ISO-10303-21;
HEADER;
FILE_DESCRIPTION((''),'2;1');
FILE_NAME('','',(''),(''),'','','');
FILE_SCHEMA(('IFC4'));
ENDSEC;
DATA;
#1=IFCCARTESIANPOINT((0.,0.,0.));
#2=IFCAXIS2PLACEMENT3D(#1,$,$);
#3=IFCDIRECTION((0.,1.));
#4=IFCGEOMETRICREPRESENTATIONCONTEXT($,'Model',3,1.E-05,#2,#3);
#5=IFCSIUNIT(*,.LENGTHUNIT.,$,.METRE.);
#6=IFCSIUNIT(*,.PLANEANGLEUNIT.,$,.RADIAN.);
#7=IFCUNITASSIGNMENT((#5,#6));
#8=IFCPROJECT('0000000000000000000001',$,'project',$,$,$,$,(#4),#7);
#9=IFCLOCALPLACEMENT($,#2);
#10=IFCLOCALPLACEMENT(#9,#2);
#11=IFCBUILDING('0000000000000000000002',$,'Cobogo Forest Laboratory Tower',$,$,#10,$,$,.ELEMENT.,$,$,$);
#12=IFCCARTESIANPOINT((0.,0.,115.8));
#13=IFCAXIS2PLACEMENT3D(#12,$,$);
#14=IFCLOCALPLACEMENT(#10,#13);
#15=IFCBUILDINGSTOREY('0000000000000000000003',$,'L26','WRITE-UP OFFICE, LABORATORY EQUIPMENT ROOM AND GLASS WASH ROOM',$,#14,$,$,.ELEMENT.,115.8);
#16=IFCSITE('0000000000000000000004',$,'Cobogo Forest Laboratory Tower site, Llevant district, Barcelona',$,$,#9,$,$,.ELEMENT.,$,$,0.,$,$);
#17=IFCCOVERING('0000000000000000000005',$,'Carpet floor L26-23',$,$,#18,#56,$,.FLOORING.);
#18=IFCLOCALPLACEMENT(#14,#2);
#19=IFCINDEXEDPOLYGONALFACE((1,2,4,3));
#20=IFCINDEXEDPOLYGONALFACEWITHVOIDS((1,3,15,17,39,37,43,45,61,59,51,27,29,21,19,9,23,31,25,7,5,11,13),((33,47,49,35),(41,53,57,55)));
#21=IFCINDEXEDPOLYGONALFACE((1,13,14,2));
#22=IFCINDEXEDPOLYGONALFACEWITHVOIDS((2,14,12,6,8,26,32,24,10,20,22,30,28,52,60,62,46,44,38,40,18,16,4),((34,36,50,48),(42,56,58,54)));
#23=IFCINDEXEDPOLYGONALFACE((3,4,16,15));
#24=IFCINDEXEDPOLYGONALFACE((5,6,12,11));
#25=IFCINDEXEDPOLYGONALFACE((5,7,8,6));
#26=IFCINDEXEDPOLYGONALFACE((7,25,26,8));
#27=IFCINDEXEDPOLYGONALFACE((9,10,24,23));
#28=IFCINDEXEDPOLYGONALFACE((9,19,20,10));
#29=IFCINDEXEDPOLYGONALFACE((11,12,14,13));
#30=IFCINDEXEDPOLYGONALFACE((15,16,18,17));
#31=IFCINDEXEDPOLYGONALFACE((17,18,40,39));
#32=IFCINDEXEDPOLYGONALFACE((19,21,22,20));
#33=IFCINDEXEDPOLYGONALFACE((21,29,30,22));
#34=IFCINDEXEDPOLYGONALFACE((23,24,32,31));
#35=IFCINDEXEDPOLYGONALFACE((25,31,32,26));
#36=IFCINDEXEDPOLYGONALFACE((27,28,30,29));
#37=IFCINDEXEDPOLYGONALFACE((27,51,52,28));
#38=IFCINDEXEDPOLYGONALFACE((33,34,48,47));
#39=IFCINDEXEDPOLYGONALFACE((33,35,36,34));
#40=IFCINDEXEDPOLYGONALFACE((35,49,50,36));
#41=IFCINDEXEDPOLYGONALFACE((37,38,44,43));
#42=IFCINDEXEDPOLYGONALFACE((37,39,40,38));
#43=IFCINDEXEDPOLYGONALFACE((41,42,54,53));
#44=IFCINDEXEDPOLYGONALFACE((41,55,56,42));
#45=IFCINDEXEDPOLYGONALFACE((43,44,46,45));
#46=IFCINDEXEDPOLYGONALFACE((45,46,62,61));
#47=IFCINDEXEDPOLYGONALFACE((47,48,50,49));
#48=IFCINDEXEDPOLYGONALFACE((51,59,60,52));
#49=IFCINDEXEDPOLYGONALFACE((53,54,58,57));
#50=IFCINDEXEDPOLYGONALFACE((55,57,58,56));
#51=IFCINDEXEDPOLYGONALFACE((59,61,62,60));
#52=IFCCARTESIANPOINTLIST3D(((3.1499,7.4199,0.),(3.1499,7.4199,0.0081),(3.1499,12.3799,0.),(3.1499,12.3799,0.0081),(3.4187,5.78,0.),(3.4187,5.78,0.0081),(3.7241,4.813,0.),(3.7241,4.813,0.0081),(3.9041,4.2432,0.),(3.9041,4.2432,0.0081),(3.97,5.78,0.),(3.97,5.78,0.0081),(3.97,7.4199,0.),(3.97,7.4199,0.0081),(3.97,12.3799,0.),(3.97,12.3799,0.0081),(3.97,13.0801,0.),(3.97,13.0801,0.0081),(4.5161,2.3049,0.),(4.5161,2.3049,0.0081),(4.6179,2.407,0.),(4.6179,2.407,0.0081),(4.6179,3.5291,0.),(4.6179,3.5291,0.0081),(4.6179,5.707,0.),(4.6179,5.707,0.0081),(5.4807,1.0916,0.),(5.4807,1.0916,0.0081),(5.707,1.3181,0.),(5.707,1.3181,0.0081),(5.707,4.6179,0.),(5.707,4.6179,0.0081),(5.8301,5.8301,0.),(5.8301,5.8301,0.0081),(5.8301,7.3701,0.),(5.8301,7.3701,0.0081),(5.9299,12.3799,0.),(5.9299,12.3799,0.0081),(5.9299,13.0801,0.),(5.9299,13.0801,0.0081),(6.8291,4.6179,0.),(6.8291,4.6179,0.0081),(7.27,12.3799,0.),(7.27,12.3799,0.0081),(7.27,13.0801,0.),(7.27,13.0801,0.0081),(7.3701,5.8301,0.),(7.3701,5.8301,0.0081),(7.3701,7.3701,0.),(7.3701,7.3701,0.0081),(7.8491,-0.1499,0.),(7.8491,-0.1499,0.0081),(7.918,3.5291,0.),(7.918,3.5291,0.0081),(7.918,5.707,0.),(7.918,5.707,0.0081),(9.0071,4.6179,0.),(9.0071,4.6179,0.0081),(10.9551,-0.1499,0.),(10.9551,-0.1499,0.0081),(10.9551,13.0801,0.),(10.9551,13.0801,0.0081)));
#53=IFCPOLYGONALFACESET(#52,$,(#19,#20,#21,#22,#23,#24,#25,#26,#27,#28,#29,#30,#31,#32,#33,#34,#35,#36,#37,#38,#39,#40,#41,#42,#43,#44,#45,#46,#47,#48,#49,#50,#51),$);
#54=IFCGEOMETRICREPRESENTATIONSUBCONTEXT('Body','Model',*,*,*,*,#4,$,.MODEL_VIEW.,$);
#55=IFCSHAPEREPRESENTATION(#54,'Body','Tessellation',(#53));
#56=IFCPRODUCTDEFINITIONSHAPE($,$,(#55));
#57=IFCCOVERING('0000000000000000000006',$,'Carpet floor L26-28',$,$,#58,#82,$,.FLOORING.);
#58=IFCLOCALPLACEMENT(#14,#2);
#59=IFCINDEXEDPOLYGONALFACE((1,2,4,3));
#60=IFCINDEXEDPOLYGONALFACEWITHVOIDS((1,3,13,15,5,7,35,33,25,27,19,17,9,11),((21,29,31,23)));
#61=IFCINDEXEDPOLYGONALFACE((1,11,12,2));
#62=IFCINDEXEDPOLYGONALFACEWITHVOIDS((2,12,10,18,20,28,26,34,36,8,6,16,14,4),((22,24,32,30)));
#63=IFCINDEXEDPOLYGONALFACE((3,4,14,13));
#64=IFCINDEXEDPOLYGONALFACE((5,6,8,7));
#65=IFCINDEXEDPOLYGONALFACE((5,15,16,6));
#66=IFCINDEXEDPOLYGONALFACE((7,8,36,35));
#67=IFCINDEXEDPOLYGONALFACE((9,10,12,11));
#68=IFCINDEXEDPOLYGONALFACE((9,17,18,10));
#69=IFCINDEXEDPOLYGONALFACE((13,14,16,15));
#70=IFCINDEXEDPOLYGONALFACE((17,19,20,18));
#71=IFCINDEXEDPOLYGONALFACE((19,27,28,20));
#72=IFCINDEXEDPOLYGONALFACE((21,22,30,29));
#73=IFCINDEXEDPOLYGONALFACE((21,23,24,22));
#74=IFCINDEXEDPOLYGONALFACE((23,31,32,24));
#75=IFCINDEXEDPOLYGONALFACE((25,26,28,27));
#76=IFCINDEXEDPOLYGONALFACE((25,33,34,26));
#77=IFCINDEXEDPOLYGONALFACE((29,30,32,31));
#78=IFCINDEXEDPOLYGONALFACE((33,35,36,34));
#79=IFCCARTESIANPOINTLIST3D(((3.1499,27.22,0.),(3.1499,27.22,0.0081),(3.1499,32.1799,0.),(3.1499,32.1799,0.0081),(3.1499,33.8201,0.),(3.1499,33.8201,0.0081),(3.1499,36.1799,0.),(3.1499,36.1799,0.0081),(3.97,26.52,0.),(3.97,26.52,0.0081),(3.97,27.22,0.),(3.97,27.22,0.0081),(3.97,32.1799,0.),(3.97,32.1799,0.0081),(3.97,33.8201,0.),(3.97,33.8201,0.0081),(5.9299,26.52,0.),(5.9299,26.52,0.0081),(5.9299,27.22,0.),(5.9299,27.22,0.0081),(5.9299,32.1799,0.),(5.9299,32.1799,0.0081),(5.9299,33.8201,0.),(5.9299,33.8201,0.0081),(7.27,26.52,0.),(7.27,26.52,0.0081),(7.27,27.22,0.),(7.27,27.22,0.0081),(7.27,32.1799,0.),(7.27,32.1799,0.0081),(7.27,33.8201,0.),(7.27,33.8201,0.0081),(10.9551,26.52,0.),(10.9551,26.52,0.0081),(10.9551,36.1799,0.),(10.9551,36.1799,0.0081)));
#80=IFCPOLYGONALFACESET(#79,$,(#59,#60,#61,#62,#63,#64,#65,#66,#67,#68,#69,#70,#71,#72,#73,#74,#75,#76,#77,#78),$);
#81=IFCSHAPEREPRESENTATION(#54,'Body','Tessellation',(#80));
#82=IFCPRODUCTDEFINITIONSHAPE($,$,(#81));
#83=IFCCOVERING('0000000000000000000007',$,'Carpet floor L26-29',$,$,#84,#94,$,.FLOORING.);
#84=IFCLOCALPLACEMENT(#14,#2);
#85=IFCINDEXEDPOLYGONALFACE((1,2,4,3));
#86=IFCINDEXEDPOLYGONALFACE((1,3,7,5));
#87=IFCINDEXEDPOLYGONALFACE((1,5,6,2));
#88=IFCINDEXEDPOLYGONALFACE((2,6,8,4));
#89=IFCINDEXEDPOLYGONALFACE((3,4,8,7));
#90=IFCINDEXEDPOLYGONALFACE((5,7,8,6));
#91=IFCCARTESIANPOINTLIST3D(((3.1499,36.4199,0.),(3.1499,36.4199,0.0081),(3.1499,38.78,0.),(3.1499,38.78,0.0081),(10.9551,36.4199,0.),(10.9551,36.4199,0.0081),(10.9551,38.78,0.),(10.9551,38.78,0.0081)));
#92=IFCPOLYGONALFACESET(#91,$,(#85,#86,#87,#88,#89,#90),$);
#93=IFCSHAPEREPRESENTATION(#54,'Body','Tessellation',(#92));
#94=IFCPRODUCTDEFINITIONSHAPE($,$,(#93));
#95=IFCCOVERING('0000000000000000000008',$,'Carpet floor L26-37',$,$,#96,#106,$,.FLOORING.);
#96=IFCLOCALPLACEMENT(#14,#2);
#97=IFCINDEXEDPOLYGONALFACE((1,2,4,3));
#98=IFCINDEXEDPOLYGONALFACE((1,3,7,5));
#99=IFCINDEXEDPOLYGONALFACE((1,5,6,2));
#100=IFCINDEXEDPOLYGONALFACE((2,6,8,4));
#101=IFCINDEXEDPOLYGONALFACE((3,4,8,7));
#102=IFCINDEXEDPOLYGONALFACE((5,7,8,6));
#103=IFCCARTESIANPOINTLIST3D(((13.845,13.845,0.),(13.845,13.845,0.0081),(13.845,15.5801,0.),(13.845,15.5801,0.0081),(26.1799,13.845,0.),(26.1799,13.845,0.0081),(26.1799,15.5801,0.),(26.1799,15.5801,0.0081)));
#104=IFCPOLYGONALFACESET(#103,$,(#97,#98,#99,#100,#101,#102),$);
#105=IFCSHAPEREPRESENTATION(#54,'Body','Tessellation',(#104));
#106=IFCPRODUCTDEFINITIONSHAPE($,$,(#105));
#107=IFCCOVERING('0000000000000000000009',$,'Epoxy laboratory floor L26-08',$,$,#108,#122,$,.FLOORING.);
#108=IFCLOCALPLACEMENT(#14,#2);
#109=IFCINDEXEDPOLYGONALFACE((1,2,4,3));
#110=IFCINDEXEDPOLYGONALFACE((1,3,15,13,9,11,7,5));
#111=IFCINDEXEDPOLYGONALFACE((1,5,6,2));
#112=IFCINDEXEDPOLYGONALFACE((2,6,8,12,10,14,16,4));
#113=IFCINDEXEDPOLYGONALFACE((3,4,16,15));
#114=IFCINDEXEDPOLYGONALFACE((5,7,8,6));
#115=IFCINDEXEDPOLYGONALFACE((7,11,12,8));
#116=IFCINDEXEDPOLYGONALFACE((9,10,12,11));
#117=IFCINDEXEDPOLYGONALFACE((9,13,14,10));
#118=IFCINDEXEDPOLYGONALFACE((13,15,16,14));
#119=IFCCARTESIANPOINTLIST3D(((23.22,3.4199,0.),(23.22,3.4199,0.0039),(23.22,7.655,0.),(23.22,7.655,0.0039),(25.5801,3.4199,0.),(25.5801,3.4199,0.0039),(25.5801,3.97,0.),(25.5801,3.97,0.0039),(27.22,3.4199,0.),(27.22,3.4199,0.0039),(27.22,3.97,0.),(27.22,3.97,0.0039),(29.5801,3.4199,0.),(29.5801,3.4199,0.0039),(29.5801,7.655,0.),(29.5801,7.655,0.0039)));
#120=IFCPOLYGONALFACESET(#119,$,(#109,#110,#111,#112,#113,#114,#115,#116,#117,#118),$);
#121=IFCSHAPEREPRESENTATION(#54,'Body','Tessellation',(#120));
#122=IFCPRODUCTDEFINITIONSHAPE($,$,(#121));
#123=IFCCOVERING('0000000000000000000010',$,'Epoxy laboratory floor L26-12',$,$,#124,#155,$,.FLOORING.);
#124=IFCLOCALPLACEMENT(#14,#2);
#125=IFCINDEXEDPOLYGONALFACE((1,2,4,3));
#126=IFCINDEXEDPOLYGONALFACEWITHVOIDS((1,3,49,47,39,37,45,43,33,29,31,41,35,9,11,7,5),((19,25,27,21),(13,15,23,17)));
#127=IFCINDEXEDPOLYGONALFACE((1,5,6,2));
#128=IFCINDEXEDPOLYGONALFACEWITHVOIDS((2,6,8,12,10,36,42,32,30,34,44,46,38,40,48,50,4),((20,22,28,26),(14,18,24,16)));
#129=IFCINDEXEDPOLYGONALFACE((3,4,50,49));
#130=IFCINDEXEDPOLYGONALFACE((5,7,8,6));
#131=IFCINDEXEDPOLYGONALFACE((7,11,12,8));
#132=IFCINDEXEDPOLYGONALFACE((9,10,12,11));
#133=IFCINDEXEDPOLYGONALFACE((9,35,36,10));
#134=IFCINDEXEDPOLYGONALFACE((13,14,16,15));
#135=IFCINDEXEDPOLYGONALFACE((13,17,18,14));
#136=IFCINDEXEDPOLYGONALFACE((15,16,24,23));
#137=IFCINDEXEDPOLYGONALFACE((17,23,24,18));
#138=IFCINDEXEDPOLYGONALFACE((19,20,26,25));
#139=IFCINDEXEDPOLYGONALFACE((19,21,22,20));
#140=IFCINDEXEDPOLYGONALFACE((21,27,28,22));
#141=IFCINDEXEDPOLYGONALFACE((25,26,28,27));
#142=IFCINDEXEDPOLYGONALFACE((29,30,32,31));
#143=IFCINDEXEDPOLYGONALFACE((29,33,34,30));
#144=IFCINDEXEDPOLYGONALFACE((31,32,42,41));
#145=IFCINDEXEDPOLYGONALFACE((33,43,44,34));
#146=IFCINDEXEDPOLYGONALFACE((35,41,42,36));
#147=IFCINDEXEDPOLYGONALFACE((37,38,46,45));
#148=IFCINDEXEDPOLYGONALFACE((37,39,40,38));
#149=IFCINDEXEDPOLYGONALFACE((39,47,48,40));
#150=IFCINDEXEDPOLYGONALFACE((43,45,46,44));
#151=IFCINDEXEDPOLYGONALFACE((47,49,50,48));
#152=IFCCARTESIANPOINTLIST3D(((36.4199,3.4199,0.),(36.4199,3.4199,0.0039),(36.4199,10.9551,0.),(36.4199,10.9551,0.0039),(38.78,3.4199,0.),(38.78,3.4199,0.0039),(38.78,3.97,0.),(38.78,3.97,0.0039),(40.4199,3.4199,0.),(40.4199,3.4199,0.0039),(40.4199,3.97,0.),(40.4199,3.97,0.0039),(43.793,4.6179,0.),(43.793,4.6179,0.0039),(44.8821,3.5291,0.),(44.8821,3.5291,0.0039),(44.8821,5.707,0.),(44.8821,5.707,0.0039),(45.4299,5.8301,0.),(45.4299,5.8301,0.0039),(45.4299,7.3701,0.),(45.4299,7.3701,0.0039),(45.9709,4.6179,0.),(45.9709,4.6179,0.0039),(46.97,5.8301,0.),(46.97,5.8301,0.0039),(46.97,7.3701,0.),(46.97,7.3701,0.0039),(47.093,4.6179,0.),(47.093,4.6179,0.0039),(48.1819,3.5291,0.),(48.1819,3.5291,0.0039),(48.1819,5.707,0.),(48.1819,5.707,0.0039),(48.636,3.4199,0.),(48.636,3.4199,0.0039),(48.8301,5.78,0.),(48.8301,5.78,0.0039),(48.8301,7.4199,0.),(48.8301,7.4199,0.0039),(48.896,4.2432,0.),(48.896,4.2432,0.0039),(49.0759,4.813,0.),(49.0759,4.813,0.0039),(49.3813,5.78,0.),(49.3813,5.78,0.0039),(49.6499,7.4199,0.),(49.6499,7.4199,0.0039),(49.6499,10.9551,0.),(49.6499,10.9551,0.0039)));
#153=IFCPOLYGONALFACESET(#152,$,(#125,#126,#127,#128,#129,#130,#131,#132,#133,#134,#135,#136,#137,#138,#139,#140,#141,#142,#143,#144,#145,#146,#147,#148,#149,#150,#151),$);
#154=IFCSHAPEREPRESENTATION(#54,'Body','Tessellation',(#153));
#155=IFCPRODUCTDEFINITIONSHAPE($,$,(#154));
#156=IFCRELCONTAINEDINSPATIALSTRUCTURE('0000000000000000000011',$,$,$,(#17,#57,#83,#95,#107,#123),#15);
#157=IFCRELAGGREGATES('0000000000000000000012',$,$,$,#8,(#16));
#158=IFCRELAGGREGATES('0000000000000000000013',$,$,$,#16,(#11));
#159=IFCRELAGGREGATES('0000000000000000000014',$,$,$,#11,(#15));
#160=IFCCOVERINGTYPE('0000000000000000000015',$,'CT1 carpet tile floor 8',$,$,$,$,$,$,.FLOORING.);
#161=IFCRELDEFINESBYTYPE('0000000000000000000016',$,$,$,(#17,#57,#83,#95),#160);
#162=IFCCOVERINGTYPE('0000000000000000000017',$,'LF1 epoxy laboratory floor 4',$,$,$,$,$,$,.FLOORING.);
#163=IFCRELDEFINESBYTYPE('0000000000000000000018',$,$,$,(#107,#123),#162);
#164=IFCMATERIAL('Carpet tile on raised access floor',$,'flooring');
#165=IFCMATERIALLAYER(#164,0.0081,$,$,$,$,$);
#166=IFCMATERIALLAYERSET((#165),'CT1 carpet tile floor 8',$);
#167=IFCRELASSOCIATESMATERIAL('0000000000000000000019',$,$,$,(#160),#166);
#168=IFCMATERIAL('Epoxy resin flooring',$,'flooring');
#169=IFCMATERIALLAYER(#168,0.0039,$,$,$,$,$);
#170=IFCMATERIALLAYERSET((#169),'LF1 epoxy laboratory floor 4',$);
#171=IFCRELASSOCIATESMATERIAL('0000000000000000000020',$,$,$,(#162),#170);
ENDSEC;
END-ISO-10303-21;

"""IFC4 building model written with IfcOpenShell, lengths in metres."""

from ifc_helpers import new_model, si_unit, direction, frame, origin, place, context, subcontext, project, spatial, polyline, outline, extrude, material, layer, layer_set, type_object, element, save


model = new_model("IFC4")

# Units and contexts
model_context = context("Model", 3, precision=1e-05, world=origin(), true_north=direction((0.0, 1.0)))
body_context = subcontext(model_context, "Body", "Model", "MODEL_VIEW")
ifc_project = project(units=[si_unit("LENGTHUNIT", "METRE"), si_unit("PLANEANGLEUNIT", "RADIAN")], contexts=[model_context])

# Site, building, storey
site_placement = place(None, origin())
site = spatial("IfcSite", under=ifc_project, at=site_placement, Name="Cobogo Forest Laboratory Tower site, Llevant district, Barcelona", CompositionType="ELEMENT", RefElevation=0.0)
building_placement = place(site_placement, origin())
building = spatial("IfcBuilding", under=site, at=building_placement, Name="Cobogo Forest Laboratory Tower", CompositionType="ELEMENT")
storey_placement = place(building_placement, frame((0.0, 0.0, 115.8)))
storey = spatial("IfcBuildingStorey", under=building, at=storey_placement, Name="L26", Description="WRITE-UP OFFICE, LABORATORY EQUIPMENT ROOM AND GLASS WASH ROOM", CompositionType="ELEMENT", Elevation=115.8)

# Coverings
ifc_material_1 = material(Name="Carpet tile on raised access floor", Category="flooring")
ifc_layer_1 = layer(ifc_material_1, 0.0081)
ifc_layer_set_1 = layer_set([ifc_layer_1], Name="CT1 carpet tile floor 8")
covering_type_1 = type_object("IfcCoveringType", Name="CT1 carpet tile floor 8", PredefinedType="FLOORING", material=ifc_layer_set_1)
covering_1_placement = place(storey_placement, origin())
element("IfcCovering", 1, at=covering_1_placement, inside=storey, type_object=covering_type_1, Name="Carpet floor L26-23", PredefinedType="FLOORING", context=body_context, shape_type="SweptSolid", body=[
    extrude(outline(polyline([(3.9041, 4.2432), (4.6179, 3.5291), (5.707, 4.6179), (4.6179, 5.707), (3.7241, 4.813), (3.4187, 5.78), (3.97, 5.78), (3.97, 7.4199), (3.1499, 7.4199), (3.1499, 12.3799), (3.97, 12.3799), (3.97, 13.0801), (5.9299, 13.0801), (5.9299, 12.3799), (7.27, 12.3799), (7.27, 13.0801), (10.9551, 13.0801), (10.9551, -0.1499), (7.8491, -0.1499), (5.4807, 1.0916), (5.707, 1.3181), (4.6179, 2.407), (4.5161, 2.3049), (3.9041, 4.2432)]), holes=[polyline([(6.8291, 4.6179), (7.918, 3.5291), (9.0071, 4.6179), (7.918, 5.707), (6.8291, 4.6179)]), polyline([(5.8301, 7.3701), (5.8301, 5.8301), (7.3701, 5.8301), (7.3701, 7.3701), (5.8301, 7.3701)])]), origin(), (0.0, 0.0, 1.0), 0.0081),
])
covering_2_placement = place(storey_placement, origin())
element("IfcCovering", 2, at=covering_2_placement, inside=storey, type_object=covering_type_1, Name="Carpet floor L26-28", PredefinedType="FLOORING", context=body_context, shape_type="SweptSolid", body=[
    extrude(outline(polyline([(10.9551, 26.52), (7.27, 26.52), (7.27, 27.22), (5.9299, 27.22), (5.9299, 26.52), (3.97, 26.52), (3.97, 27.22), (3.1499, 27.22), (3.1499, 32.1799), (3.97, 32.1799), (3.97, 33.8201), (3.1499, 33.8201), (3.1499, 36.1799), (10.9551, 36.1799), (10.9551, 26.52)]), holes=[polyline([(5.9299, 32.1799), (7.27, 32.1799), (7.27, 33.8201), (5.9299, 33.8201), (5.9299, 32.1799)])]), origin(), (0.0, 0.0, 1.0), 0.0081),
])
covering_3_placement = place(storey_placement, origin())
element("IfcCovering", 3, at=covering_3_placement, inside=storey, type_object=covering_type_1, Name="Carpet floor L26-29", PredefinedType="FLOORING", context=body_context, shape_type="SweptSolid", body=[
    extrude(outline(polyline([(10.9551, 36.4199), (3.1499, 36.4199), (3.1499, 38.78), (10.9551, 38.78), (10.9551, 36.4199)])), origin(), (0.0, 0.0, 1.0), 0.0081),
])
covering_4_placement = place(storey_placement, origin())
element("IfcCovering", 4, at=covering_4_placement, inside=storey, type_object=covering_type_1, Name="Carpet floor L26-37", PredefinedType="FLOORING", context=body_context, shape_type="SweptSolid", body=[
    extrude(outline(polyline([(26.1799, 13.845), (13.845, 13.845), (13.845, 15.5801), (26.1799, 15.5801), (26.1799, 13.845)])), origin(), (0.0, 0.0, 1.0), 0.0081),
])
ifc_material_2 = material(Name="Epoxy resin flooring", Category="flooring")
ifc_layer_2 = layer(ifc_material_2, 0.0039)
ifc_layer_set_2 = layer_set([ifc_layer_2], Name="LF1 epoxy laboratory floor 4")
covering_type_2 = type_object("IfcCoveringType", Name="LF1 epoxy laboratory floor 4", PredefinedType="FLOORING", material=ifc_layer_set_2)
covering_5_placement = place(storey_placement, origin())
element("IfcCovering", 5, at=covering_5_placement, inside=storey, type_object=covering_type_2, Name="Epoxy laboratory floor L26-08", PredefinedType="FLOORING", context=body_context, shape_type="SweptSolid", body=[
    extrude(outline(polyline([(23.22, 7.655), (29.5801, 7.655), (29.5801, 3.4199), (27.22, 3.4199), (27.22, 3.97), (25.5801, 3.97), (25.5801, 3.4199), (23.22, 3.4199), (23.22, 7.655)])), origin(), (0.0, 0.0, 1.0), 0.0039),
])
covering_6_placement = place(storey_placement, origin())
element("IfcCovering", 6, at=covering_6_placement, inside=storey, type_object=covering_type_2, Name="Epoxy laboratory floor L26-12", PredefinedType="FLOORING", context=body_context, shape_type="SweptSolid", body=[
    extrude(outline(polyline([(36.4199, 10.9551), (49.6499, 10.9551), (49.6499, 7.4199), (48.8301, 7.4199), (48.8301, 5.78), (49.3813, 5.78), (49.0759, 4.813), (48.1819, 5.707), (47.093, 4.6179), (48.1819, 3.5291), (48.896, 4.2432), (48.636, 3.4199), (40.4199, 3.4199), (40.4199, 3.97), (38.78, 3.97), (38.78, 3.4199), (36.4199, 3.4199), (36.4199, 10.9551)]), holes=[polyline([(45.4299, 5.8301), (46.97, 5.8301), (46.97, 7.3701), (45.4299, 7.3701), (45.4299, 5.8301)]), polyline([(43.793, 4.6179), (44.8821, 3.5291), (45.9709, 4.6179), (44.8821, 5.707), (43.793, 4.6179)])]), origin(), (0.0, 0.0, 1.0), 0.0039),
])

save(model, "model.ifc")
